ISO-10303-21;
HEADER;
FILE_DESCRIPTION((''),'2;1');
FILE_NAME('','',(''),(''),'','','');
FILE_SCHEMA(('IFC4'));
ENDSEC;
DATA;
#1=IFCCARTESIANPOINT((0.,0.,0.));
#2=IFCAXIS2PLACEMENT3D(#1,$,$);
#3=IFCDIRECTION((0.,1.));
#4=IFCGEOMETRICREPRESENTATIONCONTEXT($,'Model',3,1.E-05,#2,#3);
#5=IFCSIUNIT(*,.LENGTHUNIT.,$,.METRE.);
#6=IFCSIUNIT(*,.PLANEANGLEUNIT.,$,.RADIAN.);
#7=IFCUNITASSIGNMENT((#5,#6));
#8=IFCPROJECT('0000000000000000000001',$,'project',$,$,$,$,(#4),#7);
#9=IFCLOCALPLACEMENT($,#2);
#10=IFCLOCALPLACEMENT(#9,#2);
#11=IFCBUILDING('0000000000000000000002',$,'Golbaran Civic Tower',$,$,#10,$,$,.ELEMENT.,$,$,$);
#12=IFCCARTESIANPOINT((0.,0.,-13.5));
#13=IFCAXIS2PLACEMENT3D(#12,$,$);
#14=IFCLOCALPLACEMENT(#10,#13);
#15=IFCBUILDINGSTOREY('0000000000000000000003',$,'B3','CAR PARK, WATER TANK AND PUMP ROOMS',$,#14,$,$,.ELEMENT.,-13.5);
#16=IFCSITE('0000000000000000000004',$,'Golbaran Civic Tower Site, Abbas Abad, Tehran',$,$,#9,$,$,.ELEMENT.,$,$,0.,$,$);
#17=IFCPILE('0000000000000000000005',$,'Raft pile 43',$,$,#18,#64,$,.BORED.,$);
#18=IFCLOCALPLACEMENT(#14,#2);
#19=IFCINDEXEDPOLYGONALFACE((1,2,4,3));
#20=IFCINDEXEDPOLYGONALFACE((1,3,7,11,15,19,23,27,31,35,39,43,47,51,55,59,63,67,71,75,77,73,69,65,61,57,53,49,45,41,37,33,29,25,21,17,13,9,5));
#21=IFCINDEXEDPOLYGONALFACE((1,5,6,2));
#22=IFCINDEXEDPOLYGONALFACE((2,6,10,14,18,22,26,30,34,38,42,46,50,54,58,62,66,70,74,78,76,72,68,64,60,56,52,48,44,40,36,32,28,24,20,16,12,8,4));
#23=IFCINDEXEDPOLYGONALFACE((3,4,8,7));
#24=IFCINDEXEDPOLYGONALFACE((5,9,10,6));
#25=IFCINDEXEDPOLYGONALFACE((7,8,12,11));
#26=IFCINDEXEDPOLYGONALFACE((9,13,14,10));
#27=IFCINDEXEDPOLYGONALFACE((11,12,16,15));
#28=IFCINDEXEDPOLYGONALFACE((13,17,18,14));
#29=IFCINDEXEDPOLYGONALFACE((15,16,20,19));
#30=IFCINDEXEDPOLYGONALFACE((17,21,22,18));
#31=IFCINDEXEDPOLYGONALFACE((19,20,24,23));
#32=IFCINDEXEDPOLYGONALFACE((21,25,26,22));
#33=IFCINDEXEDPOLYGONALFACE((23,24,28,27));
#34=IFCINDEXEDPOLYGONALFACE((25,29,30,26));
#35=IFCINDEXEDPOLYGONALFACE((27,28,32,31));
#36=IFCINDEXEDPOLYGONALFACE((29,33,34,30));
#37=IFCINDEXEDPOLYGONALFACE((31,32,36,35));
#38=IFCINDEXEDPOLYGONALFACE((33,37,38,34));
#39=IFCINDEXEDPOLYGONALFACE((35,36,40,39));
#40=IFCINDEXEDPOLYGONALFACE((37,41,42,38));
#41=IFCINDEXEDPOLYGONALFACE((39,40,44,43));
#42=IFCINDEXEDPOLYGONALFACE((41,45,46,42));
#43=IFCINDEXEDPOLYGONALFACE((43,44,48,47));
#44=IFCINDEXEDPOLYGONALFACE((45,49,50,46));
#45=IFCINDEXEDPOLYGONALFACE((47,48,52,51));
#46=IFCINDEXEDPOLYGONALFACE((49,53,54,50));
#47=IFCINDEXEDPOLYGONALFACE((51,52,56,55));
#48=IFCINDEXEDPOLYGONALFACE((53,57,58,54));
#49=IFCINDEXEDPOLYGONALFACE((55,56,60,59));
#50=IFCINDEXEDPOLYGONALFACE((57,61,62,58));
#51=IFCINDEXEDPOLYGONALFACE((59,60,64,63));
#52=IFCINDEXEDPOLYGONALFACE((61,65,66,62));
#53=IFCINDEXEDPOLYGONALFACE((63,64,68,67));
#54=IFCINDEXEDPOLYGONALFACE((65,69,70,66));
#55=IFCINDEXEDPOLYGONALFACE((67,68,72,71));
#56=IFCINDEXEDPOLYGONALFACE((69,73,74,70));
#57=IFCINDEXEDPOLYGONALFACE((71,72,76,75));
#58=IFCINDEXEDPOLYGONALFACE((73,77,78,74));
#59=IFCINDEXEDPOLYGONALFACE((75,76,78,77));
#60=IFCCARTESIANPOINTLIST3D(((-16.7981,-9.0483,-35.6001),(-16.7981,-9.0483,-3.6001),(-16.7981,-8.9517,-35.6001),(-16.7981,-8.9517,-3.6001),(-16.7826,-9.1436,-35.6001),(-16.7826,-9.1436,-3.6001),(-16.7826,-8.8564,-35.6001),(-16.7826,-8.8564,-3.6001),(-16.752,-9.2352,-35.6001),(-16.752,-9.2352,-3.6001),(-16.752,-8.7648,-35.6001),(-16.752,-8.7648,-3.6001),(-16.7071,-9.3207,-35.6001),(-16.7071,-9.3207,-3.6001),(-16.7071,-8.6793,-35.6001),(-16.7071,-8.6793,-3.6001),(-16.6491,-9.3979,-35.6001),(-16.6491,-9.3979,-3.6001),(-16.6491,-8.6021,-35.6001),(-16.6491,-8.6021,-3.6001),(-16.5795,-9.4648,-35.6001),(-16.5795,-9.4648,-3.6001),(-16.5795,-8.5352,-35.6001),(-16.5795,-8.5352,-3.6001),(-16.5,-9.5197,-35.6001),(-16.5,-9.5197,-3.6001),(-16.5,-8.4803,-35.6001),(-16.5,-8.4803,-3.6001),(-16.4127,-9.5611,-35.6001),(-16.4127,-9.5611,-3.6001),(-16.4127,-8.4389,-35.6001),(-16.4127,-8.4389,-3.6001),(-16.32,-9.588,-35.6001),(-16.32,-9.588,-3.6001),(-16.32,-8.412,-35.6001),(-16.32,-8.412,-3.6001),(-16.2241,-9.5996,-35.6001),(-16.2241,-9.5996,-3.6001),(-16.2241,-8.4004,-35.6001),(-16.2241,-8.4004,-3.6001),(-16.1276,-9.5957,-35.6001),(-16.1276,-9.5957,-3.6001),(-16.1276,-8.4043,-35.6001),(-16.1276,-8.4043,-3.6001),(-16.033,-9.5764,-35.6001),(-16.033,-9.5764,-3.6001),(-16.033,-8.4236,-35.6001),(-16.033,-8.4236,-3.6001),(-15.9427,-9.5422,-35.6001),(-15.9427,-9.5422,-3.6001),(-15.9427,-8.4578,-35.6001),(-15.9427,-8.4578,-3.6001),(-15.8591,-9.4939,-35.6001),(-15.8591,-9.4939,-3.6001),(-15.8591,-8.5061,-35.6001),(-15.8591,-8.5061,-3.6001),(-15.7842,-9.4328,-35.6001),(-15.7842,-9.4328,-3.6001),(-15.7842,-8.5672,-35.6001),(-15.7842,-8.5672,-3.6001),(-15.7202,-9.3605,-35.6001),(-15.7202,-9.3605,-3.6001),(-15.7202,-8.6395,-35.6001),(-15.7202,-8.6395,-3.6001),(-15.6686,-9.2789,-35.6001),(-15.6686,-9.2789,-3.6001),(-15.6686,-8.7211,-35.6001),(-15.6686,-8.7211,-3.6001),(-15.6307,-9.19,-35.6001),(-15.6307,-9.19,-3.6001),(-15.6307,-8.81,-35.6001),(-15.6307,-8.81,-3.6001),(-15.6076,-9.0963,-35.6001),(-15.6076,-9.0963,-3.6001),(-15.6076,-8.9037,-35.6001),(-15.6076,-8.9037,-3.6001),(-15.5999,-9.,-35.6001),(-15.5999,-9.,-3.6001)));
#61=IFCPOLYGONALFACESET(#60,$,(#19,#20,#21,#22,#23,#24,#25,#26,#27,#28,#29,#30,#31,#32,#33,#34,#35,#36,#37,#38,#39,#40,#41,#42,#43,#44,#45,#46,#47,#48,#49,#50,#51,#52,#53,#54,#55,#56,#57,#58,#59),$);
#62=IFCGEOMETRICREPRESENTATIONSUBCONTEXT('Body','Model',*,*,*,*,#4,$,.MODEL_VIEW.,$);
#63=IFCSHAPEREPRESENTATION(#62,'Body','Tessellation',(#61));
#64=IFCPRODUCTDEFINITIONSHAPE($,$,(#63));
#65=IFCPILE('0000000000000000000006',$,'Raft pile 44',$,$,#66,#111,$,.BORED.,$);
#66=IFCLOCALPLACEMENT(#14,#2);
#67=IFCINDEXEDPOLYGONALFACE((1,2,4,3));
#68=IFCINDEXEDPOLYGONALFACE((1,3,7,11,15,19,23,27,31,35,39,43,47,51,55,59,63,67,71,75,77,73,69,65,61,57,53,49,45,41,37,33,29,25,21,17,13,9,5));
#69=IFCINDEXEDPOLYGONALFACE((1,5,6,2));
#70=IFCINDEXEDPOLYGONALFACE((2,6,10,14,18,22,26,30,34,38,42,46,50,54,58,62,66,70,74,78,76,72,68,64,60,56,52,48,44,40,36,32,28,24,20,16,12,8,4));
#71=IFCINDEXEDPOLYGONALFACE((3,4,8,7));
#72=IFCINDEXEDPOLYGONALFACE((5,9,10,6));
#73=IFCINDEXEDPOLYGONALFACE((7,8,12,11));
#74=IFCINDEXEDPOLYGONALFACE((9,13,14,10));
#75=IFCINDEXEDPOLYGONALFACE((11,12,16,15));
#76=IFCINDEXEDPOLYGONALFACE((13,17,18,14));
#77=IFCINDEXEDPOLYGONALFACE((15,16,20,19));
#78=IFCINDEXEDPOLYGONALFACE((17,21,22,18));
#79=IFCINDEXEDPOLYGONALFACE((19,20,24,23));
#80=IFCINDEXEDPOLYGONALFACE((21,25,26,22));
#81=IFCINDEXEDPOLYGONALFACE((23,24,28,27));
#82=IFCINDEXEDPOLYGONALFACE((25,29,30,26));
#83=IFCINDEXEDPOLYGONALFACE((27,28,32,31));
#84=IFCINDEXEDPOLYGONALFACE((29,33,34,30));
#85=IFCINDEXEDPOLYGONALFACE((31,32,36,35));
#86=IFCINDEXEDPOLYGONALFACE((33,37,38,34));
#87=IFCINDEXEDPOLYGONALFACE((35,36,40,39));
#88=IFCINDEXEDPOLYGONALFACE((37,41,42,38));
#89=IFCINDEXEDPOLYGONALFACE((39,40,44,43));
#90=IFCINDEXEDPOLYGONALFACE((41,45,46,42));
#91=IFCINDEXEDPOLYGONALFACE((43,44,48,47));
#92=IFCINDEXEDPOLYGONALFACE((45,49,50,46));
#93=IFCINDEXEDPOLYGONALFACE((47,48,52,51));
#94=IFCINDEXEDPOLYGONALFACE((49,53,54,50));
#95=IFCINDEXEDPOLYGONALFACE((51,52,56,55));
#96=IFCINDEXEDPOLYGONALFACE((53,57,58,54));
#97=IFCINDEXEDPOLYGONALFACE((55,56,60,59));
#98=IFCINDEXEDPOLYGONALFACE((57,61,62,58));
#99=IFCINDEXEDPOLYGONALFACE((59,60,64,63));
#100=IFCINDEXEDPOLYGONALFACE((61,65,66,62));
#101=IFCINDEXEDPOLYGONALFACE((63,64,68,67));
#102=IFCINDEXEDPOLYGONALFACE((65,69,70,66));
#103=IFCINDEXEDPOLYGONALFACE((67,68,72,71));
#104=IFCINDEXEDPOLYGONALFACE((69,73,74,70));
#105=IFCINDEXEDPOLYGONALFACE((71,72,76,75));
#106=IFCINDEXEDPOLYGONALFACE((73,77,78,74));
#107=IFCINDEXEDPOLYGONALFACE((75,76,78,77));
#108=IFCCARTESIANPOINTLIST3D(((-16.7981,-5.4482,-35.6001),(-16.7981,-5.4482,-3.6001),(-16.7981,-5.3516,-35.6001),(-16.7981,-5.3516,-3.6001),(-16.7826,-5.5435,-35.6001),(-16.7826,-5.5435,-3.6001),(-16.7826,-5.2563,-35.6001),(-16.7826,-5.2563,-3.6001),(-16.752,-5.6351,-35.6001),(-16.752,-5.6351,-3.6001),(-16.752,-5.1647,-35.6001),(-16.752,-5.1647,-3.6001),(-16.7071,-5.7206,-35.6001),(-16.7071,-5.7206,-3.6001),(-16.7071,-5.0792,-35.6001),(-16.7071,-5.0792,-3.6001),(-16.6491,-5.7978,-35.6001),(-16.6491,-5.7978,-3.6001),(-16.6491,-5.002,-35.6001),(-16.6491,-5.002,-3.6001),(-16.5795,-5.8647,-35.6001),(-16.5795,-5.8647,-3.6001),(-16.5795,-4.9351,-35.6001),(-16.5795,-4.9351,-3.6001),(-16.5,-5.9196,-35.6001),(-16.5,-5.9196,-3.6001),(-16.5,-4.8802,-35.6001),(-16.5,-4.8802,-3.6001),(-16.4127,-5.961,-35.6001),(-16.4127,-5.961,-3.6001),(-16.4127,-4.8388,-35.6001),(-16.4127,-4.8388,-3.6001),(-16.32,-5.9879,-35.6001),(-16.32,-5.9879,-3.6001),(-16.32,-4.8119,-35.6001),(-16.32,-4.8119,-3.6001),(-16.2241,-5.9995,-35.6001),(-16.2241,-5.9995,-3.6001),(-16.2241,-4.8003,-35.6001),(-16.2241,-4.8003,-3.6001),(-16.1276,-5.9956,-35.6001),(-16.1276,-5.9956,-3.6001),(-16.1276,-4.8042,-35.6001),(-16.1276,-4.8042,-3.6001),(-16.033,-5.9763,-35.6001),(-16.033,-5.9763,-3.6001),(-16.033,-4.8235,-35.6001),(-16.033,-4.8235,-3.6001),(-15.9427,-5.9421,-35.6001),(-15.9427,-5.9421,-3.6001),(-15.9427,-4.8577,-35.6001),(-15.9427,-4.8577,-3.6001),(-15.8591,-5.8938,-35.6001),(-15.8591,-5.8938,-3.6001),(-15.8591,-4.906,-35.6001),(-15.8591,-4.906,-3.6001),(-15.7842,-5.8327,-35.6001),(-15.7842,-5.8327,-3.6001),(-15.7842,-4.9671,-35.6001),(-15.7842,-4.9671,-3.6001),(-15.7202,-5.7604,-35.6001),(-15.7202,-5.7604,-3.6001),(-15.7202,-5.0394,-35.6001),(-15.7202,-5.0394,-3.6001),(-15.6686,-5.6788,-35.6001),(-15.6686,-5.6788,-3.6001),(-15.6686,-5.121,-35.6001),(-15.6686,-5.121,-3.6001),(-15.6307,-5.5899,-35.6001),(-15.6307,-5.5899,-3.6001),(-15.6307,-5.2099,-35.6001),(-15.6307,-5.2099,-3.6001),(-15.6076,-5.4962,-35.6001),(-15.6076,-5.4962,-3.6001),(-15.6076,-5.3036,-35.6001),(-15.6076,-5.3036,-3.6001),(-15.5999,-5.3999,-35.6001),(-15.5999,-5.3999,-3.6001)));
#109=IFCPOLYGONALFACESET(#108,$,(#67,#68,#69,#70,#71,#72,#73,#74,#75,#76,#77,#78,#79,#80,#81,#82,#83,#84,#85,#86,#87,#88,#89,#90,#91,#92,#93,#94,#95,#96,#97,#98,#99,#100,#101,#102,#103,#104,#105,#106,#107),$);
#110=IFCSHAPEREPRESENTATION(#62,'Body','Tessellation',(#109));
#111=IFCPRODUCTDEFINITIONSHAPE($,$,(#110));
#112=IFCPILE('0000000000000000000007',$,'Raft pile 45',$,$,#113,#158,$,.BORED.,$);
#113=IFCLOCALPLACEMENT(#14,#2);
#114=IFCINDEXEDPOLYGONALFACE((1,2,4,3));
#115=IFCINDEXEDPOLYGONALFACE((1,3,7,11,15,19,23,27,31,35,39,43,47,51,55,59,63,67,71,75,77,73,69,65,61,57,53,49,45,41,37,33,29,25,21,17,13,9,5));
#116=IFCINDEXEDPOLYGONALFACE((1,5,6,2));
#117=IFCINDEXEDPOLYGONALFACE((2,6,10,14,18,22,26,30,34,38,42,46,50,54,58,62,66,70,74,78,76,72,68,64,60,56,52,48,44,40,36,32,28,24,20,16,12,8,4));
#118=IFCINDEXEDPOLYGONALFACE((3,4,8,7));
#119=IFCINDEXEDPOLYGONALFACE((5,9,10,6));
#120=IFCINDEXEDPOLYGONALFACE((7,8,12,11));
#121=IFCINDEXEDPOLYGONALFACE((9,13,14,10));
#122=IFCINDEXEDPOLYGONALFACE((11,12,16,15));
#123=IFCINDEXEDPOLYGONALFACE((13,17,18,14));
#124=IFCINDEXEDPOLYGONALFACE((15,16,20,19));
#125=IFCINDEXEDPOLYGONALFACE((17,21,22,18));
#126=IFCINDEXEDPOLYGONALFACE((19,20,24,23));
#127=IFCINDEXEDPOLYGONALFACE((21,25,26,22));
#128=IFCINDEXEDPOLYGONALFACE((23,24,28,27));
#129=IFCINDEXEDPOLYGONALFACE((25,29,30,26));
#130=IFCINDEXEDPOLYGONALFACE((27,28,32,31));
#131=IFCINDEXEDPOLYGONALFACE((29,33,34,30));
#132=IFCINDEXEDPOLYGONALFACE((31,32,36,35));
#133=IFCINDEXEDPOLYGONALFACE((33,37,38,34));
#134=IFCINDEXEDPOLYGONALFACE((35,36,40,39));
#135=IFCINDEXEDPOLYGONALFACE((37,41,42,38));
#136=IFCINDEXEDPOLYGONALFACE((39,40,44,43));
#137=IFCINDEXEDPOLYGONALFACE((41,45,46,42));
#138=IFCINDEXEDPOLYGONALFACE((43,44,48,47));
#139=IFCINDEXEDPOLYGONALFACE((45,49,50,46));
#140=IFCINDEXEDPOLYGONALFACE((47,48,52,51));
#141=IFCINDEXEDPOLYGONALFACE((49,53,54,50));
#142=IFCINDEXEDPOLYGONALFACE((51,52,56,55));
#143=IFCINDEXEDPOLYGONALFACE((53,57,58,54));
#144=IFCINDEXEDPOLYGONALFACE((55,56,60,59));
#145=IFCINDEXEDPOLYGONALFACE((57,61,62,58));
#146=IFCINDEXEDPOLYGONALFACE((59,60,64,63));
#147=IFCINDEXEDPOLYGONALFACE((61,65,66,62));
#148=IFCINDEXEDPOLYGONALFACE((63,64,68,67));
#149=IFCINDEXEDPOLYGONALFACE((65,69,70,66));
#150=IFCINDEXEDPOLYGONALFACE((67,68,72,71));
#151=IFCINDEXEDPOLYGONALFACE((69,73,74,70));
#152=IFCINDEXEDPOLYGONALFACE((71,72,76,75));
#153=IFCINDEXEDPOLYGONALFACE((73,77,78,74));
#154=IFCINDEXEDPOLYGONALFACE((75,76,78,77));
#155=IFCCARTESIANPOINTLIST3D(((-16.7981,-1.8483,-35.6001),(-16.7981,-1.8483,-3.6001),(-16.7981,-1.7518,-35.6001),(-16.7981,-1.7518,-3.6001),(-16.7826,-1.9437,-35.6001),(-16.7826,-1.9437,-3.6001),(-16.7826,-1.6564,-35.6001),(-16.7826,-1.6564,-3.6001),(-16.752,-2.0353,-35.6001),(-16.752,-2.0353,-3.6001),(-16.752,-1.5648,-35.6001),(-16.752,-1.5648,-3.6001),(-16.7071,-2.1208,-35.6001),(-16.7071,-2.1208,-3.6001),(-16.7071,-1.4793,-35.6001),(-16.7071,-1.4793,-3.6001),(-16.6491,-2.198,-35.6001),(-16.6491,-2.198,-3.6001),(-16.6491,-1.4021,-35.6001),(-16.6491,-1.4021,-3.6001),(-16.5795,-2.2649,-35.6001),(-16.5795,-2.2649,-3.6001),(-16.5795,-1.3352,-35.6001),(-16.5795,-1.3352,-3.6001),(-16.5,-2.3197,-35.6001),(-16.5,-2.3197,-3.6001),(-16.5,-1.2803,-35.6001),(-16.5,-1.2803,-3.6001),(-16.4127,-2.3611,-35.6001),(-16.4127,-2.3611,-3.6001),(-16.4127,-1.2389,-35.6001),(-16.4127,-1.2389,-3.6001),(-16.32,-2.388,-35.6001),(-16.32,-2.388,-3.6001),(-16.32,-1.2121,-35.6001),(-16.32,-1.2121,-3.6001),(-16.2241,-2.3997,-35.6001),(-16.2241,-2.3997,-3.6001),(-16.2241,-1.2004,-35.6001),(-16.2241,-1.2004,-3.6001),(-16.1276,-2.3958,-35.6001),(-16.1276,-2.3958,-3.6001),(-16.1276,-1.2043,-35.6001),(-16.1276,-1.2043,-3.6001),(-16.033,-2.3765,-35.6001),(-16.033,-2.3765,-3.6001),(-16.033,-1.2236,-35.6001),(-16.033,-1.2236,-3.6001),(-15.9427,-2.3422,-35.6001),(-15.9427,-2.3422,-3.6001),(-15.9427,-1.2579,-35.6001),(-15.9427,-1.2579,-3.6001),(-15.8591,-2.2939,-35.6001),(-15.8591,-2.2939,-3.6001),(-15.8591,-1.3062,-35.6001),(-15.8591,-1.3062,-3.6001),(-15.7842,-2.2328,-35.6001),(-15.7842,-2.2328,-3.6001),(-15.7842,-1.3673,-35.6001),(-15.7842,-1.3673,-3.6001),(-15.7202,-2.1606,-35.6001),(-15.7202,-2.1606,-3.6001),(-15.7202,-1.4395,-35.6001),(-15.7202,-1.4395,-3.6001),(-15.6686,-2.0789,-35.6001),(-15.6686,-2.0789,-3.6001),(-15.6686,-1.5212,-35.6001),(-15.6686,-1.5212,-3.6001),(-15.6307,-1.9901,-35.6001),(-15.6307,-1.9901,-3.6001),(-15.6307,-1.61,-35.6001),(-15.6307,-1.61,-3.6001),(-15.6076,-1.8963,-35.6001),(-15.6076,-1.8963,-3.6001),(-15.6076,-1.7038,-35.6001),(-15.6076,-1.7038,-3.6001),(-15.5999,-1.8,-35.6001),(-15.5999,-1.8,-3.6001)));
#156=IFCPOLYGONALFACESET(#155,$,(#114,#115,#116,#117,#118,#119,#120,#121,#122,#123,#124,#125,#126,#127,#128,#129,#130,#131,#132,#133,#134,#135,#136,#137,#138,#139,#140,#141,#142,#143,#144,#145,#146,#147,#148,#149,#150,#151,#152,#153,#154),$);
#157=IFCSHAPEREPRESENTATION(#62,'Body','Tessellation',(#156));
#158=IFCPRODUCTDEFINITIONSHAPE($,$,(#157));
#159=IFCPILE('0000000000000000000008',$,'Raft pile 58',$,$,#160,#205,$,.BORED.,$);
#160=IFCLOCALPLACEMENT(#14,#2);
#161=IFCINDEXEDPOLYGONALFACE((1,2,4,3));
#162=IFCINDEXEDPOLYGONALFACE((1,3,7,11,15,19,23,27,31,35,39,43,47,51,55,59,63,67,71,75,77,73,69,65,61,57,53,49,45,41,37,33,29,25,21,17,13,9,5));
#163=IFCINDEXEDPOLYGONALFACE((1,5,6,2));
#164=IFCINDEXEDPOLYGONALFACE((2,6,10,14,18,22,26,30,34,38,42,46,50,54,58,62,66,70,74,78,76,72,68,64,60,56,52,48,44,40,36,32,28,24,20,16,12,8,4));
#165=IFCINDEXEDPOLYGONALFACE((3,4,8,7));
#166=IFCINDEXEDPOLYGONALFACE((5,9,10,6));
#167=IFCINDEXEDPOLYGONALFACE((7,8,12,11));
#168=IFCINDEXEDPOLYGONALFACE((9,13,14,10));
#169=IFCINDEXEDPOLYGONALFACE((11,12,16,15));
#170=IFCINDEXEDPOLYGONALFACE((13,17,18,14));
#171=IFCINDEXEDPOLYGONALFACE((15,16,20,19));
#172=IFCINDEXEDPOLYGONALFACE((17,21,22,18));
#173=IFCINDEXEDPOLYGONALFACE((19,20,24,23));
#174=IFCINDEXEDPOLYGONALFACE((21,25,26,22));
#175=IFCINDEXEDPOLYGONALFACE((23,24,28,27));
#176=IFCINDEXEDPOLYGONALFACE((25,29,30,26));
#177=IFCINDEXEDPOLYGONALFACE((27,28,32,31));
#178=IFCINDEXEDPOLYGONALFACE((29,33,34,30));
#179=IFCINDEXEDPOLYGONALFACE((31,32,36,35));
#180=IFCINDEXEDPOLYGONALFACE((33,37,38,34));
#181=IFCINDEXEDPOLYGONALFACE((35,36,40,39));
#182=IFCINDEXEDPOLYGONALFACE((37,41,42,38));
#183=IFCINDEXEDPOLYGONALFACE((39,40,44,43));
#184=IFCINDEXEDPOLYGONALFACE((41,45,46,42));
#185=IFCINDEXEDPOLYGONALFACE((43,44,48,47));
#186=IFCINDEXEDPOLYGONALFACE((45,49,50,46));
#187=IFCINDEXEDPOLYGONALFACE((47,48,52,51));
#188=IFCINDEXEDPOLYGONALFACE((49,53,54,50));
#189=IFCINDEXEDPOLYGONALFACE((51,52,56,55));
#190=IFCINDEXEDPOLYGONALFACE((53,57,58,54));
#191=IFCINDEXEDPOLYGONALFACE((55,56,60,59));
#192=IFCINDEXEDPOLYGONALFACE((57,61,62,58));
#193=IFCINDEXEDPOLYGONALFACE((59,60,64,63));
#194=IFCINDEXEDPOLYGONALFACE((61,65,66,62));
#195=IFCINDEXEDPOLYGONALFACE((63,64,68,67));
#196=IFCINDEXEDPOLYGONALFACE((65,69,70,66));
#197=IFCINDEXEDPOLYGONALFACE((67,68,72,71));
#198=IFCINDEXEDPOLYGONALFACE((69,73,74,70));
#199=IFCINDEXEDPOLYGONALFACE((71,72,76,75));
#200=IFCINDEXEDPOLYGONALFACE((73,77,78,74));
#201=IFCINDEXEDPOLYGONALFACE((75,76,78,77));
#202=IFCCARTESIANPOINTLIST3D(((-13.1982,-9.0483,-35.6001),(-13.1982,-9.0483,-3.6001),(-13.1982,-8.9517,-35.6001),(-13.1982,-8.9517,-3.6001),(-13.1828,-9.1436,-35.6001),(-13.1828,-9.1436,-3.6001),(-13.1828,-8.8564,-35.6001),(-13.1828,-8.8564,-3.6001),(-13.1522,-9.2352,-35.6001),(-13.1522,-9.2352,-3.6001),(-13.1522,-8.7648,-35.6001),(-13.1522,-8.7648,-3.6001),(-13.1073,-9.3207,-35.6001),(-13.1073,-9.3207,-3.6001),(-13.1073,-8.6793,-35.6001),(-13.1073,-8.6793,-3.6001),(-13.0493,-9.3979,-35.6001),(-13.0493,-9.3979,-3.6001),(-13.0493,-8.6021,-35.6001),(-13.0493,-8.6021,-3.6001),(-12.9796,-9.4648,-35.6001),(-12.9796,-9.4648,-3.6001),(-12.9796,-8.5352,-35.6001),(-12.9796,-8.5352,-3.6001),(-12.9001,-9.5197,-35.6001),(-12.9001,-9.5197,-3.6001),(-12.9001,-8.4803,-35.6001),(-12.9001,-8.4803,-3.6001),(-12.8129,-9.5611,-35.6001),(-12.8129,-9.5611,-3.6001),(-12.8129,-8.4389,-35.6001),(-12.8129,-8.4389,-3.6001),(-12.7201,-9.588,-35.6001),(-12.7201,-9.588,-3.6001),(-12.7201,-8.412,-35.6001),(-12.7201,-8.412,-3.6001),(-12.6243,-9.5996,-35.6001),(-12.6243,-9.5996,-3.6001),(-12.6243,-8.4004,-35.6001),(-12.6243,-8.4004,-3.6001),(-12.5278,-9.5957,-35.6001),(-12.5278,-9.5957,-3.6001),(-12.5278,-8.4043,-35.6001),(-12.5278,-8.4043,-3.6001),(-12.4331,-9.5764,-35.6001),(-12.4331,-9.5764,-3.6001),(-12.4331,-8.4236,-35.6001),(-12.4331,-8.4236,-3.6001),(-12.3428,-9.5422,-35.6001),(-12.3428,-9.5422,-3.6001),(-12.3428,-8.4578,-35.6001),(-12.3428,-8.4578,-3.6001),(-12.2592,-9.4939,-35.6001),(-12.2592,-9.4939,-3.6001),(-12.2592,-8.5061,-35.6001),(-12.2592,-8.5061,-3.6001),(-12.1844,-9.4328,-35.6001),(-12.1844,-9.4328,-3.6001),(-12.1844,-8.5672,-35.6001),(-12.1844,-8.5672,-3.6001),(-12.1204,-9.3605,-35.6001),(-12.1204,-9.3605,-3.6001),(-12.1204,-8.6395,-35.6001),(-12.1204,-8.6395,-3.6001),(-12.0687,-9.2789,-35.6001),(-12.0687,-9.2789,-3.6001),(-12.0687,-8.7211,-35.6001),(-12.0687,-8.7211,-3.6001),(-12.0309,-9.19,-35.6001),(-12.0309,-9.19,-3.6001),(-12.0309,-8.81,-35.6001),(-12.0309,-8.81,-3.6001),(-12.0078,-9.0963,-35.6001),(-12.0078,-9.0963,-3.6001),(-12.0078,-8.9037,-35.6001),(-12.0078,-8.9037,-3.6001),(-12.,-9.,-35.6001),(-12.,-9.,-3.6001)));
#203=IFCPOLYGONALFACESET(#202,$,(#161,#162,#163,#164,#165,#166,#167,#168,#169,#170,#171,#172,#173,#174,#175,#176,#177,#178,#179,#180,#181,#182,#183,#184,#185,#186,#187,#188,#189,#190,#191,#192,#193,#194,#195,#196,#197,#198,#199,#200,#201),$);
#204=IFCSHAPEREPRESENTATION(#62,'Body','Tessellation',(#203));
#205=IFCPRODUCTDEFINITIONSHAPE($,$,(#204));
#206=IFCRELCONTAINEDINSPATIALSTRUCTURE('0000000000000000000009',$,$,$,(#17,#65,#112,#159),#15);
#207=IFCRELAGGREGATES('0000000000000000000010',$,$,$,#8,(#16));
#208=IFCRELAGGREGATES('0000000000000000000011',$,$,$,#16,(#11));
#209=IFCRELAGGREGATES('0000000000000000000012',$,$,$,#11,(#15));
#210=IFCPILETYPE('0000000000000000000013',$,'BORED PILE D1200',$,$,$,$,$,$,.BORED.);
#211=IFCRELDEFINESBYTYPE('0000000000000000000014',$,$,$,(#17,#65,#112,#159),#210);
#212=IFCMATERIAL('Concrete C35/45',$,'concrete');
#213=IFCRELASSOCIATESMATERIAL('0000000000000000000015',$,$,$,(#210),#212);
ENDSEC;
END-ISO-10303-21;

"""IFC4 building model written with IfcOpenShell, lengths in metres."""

from ifc_helpers import new_model, si_unit, direction, frame, origin, origin_2d, place, context, subcontext, project, spatial, circle, extrude, material, material_profile, profile_set, type_object, element, save


model = new_model("IFC4")

# Units and contexts
model_context = context("Model", 3, precision=1e-05, world=origin(), true_north=direction((0.0, 1.0)))
body_context = subcontext(model_context, "Body", "Model", "MODEL_VIEW")
ifc_project = project(units=[si_unit("LENGTHUNIT", "METRE"), si_unit("PLANEANGLEUNIT", "RADIAN")], contexts=[model_context])

# Site, building, storey
site_placement = place(None, origin())
site = spatial("IfcSite", under=ifc_project, at=site_placement, Name="Golbaran Civic Tower Site, Abbas Abad, Tehran", CompositionType="ELEMENT", RefElevation=0.0)
building_placement = place(site_placement, origin())
building = spatial("IfcBuilding", under=site, at=building_placement, Name="Golbaran Civic Tower", CompositionType="ELEMENT")
storey_placement = place(building_placement, frame((0.0, 0.0, -13.5)))
storey = spatial("IfcBuildingStorey", under=building, at=storey_placement, Name="B3", Description="CAR PARK, WATER TANK AND PUMP ROOMS", CompositionType="ELEMENT", Elevation=-13.5)

# Piles
ifc_material_1 = material(Name="Concrete C35/45", Category="concrete")
ifc_material_profile_1 = material_profile(ifc_material_1, circle(Radius=0.6001, at=origin_2d()), Name="BORED PILE D1200")
ifc_profile_set_1 = profile_set([ifc_material_profile_1], Name="Concrete C35/45")
pile_type = type_object("IfcPileType", Name="BORED PILE D1200", PredefinedType="BORED", material=ifc_profile_set_1)
for number, where, z_axis, x_axis, name in (
    (1, (-16.2, -9.0, -3.6001), (0.0, 0.0, -1.0), (1.0, 0.0, 0.0), "Raft pile 43"),
    (2, (-16.2, -5.3999, -3.6001), (0.0, 0.0, -1.0), (1.0, 0.0, 0.0), "Raft pile 44"),
    (3, (-16.2, -1.8, -3.6001), (0.0, 0.0, -1.0), (1.0, 0.0, 0.0), "Raft pile 45"),
    (4, (-12.6001, -9.0, -3.6001), (0.0, 0.0, -1.0), (1.0, 0.0, 0.0), "Raft pile 58"),
):
    element("IfcPile", number, at=place(storey_placement, frame(where, z_axis=z_axis, x_axis=x_axis)), inside=storey, type_object=pile_type, Name=name, PredefinedType="BORED", context=body_context, shape_type="SweptSolid", body=[
        extrude(circle(Radius=0.6001, at=origin_2d()), origin(), (0.0, 0.0, 1.0), 32.0),
    ])

save(model, "model.ifc")
